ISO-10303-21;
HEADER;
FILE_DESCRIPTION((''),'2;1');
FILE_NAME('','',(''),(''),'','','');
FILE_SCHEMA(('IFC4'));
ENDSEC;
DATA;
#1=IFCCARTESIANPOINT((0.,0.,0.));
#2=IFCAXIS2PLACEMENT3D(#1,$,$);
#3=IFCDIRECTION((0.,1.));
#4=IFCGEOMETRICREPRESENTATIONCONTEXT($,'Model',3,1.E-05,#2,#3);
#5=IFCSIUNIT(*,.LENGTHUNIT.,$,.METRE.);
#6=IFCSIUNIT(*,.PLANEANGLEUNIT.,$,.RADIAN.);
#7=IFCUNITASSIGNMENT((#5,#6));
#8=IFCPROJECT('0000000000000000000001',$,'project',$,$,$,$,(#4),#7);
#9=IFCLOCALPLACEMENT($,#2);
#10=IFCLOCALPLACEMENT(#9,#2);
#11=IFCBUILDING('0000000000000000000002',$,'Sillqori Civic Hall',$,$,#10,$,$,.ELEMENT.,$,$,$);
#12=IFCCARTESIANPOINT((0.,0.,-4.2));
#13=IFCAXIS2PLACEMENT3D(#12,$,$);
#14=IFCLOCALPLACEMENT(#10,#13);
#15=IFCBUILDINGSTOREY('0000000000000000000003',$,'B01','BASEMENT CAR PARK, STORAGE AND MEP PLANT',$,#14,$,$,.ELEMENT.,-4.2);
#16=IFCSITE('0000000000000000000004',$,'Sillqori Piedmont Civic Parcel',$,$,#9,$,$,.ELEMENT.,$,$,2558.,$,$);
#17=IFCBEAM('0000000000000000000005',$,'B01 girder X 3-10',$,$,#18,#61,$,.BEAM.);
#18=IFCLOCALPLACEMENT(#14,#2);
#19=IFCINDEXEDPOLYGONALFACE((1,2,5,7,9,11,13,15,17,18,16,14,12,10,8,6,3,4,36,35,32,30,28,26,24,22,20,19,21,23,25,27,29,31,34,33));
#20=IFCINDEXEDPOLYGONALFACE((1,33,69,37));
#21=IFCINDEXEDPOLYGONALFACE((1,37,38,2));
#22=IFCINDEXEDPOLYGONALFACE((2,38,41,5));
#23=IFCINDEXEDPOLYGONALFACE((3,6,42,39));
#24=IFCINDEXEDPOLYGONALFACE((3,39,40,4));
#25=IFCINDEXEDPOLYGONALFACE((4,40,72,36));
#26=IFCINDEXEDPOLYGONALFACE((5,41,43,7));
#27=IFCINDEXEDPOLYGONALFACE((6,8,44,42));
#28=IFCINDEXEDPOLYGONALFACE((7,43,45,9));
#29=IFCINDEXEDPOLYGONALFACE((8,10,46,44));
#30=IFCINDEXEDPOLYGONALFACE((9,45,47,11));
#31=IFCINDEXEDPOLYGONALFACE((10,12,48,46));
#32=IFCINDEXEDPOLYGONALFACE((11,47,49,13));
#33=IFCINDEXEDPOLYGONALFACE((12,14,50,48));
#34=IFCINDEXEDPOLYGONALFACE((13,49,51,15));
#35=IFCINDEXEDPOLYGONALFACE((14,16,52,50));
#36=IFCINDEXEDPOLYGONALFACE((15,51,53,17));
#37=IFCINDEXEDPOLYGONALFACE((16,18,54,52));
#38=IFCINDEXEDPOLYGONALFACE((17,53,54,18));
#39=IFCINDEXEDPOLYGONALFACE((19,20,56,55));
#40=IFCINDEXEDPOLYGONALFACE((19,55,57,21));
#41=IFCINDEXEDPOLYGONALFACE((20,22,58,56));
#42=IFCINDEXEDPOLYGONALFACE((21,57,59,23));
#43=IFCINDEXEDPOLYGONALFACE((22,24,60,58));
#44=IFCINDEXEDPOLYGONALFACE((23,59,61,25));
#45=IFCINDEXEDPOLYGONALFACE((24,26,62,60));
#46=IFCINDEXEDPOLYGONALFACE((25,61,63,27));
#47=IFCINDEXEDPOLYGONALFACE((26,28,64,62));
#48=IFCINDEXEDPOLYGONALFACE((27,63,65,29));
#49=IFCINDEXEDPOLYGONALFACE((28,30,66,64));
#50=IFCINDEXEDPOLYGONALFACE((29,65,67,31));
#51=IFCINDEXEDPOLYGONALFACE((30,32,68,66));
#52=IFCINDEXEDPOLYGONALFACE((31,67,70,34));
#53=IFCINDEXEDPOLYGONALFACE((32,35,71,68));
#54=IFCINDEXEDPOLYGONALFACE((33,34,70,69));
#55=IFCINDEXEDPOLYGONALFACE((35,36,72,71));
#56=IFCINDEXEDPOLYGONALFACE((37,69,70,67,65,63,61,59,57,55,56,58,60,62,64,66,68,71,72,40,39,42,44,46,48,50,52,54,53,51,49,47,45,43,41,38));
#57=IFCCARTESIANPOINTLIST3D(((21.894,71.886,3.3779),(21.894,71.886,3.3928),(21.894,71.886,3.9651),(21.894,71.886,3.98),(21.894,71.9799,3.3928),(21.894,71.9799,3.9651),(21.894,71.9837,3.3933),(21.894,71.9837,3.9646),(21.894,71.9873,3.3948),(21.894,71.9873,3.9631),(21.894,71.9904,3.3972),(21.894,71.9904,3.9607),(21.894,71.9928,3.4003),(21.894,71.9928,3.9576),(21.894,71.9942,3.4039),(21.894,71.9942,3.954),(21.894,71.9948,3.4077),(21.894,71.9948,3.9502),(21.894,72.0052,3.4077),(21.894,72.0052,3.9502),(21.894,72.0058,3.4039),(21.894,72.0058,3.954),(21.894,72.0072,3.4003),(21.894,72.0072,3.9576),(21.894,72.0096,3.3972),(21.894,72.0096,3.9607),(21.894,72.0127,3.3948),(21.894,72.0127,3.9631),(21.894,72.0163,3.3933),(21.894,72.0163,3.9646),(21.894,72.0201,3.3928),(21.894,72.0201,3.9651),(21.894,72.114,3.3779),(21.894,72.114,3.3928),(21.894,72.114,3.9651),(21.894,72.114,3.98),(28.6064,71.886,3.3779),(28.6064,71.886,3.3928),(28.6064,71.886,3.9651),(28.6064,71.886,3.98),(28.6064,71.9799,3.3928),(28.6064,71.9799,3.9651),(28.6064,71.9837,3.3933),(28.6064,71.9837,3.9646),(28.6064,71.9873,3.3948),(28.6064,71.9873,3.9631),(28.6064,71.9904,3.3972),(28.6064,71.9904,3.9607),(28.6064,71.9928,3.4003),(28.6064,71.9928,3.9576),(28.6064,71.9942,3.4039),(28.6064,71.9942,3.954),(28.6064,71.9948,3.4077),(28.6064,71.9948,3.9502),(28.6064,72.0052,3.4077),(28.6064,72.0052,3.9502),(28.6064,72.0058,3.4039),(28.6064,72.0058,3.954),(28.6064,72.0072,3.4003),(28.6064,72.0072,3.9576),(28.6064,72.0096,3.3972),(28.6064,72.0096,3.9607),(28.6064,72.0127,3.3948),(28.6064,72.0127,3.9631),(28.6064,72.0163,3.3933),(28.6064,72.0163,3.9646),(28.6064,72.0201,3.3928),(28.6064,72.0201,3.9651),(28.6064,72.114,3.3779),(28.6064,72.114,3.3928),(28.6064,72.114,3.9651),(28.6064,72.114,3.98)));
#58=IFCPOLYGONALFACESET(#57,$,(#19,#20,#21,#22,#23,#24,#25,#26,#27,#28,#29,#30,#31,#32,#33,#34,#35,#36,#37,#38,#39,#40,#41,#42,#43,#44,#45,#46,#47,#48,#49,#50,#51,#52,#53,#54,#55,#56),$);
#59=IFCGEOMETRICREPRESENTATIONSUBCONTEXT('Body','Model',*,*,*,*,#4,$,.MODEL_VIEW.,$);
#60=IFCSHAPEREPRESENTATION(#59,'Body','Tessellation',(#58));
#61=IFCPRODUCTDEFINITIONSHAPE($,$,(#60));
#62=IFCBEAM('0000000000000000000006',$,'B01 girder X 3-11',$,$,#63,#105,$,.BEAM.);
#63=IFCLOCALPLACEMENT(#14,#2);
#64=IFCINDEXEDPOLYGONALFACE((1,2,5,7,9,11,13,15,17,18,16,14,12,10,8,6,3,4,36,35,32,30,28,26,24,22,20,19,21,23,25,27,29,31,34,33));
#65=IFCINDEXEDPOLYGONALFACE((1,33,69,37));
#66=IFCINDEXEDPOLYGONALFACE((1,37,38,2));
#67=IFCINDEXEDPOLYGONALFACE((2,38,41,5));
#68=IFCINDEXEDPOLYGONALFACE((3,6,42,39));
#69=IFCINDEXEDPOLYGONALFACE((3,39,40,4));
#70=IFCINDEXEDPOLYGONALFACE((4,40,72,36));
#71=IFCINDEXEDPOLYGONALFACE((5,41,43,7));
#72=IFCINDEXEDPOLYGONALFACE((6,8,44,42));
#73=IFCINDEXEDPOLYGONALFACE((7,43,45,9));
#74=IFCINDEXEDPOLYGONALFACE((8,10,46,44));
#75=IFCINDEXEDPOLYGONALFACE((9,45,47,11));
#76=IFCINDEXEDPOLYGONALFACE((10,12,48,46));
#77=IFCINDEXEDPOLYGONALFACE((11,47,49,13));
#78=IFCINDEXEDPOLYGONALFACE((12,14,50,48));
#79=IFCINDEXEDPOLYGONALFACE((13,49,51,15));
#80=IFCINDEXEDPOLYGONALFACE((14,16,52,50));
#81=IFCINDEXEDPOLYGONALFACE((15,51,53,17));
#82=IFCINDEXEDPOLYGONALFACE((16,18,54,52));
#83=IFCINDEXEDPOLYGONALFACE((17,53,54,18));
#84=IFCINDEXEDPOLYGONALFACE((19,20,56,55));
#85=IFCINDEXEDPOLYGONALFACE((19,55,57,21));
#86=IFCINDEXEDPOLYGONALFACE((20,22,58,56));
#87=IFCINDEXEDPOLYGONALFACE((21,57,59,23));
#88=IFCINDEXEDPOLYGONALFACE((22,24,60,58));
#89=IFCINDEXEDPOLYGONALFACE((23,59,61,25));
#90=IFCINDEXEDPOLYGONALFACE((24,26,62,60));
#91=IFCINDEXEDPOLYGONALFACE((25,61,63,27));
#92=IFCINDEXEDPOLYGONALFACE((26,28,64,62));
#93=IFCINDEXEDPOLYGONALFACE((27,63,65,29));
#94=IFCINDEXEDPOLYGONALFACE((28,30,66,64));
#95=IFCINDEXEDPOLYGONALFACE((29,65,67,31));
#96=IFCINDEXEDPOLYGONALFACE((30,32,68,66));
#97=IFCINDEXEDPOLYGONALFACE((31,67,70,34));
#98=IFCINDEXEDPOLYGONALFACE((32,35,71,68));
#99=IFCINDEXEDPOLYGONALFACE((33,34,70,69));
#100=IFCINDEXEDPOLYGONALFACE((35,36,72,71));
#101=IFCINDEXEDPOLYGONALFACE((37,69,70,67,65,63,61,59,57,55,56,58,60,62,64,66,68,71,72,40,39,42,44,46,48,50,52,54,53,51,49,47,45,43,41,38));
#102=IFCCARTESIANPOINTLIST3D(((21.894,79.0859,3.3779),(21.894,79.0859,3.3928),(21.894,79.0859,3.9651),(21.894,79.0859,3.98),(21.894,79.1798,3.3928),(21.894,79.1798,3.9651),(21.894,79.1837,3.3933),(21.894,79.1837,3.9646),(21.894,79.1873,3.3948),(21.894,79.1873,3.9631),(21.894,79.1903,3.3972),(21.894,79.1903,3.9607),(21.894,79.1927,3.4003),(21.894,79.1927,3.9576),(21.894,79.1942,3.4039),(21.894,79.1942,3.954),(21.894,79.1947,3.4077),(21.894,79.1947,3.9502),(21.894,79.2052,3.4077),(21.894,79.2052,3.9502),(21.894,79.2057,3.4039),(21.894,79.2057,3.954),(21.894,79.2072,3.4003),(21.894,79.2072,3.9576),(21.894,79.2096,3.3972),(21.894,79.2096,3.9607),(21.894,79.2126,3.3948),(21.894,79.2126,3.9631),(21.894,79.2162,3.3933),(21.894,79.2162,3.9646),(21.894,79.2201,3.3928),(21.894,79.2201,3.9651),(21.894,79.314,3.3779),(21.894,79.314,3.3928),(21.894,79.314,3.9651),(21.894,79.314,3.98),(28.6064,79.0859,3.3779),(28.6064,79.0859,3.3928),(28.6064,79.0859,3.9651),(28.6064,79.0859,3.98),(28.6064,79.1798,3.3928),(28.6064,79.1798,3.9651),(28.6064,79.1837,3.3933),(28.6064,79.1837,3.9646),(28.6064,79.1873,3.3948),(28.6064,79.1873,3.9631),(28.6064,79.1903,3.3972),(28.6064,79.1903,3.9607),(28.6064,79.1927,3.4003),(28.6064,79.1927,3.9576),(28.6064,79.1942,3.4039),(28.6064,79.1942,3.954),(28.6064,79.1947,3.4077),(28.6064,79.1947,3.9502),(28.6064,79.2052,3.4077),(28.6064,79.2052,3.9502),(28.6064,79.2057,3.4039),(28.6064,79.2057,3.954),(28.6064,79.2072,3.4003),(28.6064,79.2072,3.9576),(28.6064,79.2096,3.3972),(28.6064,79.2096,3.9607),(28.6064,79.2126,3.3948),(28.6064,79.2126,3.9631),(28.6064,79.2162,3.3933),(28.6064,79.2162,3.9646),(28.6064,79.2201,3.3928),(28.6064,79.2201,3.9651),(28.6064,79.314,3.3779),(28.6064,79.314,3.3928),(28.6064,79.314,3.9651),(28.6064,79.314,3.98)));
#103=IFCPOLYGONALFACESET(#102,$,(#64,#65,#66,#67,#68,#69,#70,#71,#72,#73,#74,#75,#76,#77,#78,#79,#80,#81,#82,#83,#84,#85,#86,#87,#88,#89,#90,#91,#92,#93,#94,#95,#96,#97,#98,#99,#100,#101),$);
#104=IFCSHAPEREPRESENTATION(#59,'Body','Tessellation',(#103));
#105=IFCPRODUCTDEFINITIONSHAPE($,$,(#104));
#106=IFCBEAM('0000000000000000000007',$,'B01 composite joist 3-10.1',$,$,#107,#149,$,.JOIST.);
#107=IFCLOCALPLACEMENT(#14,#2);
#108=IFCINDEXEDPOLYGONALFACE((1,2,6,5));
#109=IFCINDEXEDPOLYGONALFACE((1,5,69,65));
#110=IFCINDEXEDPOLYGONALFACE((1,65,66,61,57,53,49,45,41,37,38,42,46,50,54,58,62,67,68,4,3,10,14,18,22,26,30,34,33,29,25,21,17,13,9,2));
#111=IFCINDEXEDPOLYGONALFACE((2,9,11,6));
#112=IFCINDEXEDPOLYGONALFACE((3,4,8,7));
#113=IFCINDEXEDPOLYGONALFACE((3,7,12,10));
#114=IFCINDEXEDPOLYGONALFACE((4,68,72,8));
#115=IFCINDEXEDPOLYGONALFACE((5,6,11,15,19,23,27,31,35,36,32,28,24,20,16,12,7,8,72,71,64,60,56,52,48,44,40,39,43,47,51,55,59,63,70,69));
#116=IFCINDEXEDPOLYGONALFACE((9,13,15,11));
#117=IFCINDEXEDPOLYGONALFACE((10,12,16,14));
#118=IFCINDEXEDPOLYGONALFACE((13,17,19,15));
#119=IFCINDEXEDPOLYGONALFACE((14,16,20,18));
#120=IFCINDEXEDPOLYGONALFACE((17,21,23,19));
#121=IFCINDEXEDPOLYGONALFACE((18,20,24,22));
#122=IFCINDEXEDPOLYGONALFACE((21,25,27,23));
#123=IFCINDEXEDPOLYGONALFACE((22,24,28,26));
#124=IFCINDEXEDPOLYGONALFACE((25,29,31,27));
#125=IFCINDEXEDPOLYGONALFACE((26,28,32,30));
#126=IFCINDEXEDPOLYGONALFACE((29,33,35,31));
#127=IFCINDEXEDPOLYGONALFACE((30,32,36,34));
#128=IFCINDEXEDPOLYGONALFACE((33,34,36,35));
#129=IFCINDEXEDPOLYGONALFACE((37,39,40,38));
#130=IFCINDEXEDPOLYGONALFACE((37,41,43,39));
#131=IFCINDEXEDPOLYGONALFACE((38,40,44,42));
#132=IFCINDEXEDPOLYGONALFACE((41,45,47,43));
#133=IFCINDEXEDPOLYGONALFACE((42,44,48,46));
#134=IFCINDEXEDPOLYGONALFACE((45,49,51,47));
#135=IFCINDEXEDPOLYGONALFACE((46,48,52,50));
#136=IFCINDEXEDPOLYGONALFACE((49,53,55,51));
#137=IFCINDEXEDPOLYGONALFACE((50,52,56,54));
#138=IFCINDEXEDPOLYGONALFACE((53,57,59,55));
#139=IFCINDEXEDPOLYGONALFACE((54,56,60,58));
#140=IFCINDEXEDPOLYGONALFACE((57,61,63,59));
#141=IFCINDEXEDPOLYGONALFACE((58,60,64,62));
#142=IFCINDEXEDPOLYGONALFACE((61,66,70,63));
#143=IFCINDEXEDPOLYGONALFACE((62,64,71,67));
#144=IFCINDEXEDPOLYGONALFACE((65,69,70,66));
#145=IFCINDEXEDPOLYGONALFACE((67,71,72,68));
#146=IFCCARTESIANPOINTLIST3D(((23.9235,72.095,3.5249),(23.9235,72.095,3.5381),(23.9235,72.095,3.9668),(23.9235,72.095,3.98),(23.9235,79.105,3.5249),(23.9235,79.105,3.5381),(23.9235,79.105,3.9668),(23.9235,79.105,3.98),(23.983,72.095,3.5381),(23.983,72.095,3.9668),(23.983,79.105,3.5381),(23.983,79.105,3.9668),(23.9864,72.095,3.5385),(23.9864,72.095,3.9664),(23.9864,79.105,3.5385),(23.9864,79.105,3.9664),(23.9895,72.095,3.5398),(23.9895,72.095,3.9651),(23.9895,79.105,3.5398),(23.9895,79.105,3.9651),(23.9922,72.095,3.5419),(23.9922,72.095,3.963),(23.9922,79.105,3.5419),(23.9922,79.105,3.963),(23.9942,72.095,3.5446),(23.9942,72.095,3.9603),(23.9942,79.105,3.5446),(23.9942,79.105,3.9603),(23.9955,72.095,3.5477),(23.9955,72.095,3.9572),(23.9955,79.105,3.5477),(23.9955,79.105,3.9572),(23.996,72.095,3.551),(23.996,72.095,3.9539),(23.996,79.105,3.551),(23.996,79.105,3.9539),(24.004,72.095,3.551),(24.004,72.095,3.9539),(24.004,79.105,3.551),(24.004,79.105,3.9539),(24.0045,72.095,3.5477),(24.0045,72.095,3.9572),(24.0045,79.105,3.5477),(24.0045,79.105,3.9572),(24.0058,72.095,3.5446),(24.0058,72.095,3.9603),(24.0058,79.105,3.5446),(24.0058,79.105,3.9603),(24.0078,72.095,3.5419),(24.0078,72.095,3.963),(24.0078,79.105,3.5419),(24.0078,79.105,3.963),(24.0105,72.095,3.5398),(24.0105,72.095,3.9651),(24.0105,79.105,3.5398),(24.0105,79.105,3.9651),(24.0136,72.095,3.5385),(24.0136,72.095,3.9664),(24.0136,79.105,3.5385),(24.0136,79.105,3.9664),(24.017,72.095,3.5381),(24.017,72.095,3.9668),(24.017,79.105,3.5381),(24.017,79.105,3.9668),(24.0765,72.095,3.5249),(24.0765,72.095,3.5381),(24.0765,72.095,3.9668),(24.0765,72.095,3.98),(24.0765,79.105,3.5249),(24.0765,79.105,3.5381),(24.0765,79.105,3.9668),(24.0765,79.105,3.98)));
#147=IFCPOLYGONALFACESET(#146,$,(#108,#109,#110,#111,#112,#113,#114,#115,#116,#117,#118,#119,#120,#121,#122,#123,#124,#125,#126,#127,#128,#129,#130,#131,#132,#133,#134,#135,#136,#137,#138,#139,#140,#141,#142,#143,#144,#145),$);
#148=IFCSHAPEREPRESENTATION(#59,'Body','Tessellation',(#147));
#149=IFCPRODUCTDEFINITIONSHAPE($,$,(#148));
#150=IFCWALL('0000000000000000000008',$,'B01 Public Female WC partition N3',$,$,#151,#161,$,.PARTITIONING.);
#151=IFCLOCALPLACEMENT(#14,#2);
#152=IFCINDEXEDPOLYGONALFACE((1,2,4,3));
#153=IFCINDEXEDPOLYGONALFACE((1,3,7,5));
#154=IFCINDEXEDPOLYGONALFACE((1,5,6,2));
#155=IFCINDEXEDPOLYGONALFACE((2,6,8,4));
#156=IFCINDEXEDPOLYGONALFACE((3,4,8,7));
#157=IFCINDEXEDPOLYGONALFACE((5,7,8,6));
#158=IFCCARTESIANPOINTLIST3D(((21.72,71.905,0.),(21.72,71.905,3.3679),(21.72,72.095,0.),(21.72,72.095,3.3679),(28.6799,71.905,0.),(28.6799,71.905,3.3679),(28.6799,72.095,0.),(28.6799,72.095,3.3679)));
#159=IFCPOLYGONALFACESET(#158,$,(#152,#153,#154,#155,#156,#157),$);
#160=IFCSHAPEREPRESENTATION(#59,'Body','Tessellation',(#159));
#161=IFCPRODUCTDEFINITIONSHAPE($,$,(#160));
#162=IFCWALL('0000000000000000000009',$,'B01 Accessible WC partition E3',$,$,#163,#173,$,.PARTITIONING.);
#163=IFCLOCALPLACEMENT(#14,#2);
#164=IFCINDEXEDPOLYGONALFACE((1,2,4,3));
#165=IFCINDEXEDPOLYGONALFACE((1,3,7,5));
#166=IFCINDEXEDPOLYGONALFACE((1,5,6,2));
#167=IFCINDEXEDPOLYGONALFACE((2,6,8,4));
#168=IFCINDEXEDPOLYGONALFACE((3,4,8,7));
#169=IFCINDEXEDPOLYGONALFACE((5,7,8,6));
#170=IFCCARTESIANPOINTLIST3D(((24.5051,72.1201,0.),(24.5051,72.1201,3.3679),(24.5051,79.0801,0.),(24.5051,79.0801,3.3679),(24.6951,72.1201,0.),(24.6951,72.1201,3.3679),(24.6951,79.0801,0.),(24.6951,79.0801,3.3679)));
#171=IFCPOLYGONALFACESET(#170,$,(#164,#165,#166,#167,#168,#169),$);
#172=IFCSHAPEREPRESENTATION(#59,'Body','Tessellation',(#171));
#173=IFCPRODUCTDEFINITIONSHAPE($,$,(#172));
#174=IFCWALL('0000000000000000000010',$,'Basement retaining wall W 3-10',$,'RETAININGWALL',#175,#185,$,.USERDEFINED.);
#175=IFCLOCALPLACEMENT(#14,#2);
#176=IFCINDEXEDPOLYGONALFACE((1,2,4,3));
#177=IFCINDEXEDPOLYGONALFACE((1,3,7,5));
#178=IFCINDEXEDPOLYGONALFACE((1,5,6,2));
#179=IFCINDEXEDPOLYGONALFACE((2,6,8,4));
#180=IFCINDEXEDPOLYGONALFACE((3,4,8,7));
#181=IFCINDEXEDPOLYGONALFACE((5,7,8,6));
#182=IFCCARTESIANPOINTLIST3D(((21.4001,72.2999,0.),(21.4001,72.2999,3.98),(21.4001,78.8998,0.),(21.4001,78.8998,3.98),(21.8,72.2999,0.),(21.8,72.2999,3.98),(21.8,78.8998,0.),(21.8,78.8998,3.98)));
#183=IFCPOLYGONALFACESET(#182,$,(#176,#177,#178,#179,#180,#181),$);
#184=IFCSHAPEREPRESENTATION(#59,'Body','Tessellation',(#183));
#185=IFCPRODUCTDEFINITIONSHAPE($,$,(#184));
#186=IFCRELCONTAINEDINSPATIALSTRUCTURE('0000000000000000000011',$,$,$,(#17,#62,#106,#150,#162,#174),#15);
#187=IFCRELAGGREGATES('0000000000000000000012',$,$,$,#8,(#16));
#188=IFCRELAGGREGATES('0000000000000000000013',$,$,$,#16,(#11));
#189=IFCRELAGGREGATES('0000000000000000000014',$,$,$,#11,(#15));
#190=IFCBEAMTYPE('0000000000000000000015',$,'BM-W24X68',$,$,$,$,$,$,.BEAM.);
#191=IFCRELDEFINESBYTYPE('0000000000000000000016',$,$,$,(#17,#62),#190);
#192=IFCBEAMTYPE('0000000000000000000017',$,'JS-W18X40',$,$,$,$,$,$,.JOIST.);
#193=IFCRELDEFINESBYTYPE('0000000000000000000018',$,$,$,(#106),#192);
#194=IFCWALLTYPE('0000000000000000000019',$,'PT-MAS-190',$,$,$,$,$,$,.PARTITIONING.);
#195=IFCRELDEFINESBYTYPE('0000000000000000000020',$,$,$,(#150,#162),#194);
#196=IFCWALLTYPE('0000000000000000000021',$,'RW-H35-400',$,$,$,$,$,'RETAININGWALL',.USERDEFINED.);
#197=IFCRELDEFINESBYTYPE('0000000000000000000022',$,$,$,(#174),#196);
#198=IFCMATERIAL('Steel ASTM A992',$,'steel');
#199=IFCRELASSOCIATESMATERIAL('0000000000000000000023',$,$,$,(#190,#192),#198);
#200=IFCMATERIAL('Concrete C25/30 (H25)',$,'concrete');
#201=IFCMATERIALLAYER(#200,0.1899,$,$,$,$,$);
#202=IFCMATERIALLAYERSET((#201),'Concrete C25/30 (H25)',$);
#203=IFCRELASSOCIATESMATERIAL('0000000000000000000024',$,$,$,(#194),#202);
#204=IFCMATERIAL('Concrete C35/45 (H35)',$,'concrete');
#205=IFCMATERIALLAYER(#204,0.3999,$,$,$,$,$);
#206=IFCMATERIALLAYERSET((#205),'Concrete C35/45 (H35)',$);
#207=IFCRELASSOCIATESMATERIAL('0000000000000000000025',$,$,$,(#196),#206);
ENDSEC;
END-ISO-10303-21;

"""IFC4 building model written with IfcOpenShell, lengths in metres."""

from ifc_helpers import new_model, si_unit, direction, frame, frame_2d, origin, origin_2d, place, context, subcontext, project, spatial, rectangle, i_section, extrude, material, layer, layer_set, material_profile, profile_set, type_object, element, save


model = new_model("IFC4")

# Units and contexts
model_context = context("Model", 3, precision=1e-05, world=origin(), true_north=direction((0.0, 1.0)))
body_context = subcontext(model_context, "Body", "Model", "MODEL_VIEW")
ifc_project = project(units=[si_unit("LENGTHUNIT", "METRE"), si_unit("PLANEANGLEUNIT", "RADIAN")], contexts=[model_context])

# Site, building, storey
site_placement = place(None, origin())
site = spatial("IfcSite", under=ifc_project, at=site_placement, Name="Sillqori Piedmont Civic Parcel", CompositionType="ELEMENT", RefElevation=2558.0)
building_placement = place(site_placement, origin())
building = spatial("IfcBuilding", under=site, at=building_placement, Name="Sillqori Civic Hall", CompositionType="ELEMENT")
storey_placement = place(building_placement, frame((0.0, 0.0, -4.2)))
storey = spatial("IfcBuildingStorey", under=building, at=storey_placement, Name="B01", Description="BASEMENT CAR PARK, STORAGE AND MEP PLANT", CompositionType="ELEMENT", Elevation=-4.2)

# Shared definitions
ifc_material_1 = material(Name="Concrete C35/45 (H35)", Category="concrete")

# Beams
ifc_material_2 = material(Name="Steel ASTM A992", Category="steel")
ifc_material_profile_1 = material_profile(ifc_material_2, i_section(OverallWidth=0.228, OverallDepth=0.6021, WebThickness=0.0105, FlangeThickness=0.0149, FilletRadius=0.0149, at=origin_2d()), Name="W24X68")
ifc_profile_set_1 = profile_set([ifc_material_profile_1], Name="Steel ASTM A992")
beam_type_1 = type_object("IfcBeamType", Name="BM-W24X68", PredefinedType="BEAM", material=ifc_profile_set_1)
for number, where, z_axis, x_axis, name in (
    (1, (21.894, 72.0, 3.679), (1.0, 0.0, 0.0), (0.0, 1.0, 0.0), "B01 girder X 3-10"),
    (2, (21.894, 79.2, 3.679), (1.0, 0.0, 0.0), (0.0, 1.0, 0.0), "B01 girder X 3-11"),
):
    element("IfcBeam", number, at=place(storey_placement, frame(where, z_axis=z_axis, x_axis=x_axis)), inside=storey, type_object=beam_type_1, Name=name, PredefinedType="BEAM", context=body_context, shape_type="SweptSolid", body=[
        extrude(i_section(OverallWidth=0.228, OverallDepth=0.6021, WebThickness=0.0105, FlangeThickness=0.0149, FilletRadius=0.0149, at=origin_2d()), origin(), (0.0, 0.0, 1.0), 6.7124),
    ])
ifc_material_profile_2 = material_profile(ifc_material_2, i_section(OverallWidth=0.1531, OverallDepth=0.4551, WebThickness=0.0081, FlangeThickness=0.0132, FilletRadius=0.0129, at=origin_2d()), Name="W18X40")
ifc_profile_set_2 = profile_set([ifc_material_profile_2], Name="Steel ASTM A992")
beam_type_2 = type_object("IfcBeamType", Name="JS-W18X40", PredefinedType="JOIST", material=ifc_profile_set_2)
beam_1_placement = place(storey_placement, frame((24.0, 72.095, 3.7524), z_axis=(0.0, 1.0, 0.0), x_axis=(-1.0, 0.0, 0.0)))
element("IfcBeam", 3, at=beam_1_placement, inside=storey, type_object=beam_type_2, Name="B01 composite joist 3-10.1", PredefinedType="JOIST", context=body_context, shape_type="SweptSolid", body=[
    extrude(i_section(OverallWidth=0.1531, OverallDepth=0.4551, WebThickness=0.0081, FlangeThickness=0.0132, FilletRadius=0.0129, at=origin_2d()), origin(), (0.0, 0.0, 1.0), 7.01),
])

# Wall
ifc_material_3 = material(Name="Concrete C25/30 (H25)", Category="concrete")
ifc_layer_1 = layer(ifc_material_3, 0.1899)
ifc_layer_set_1 = layer_set([ifc_layer_1], Name="Concrete C25/30 (H25)")
wall_type_1 = type_object("IfcWallType", Name="PT-MAS-190", PredefinedType="PARTITIONING", material=ifc_layer_set_1)
wall_1_placement = place(storey_placement, frame((21.72, 72.0, 0.0), z_axis=(0.0, 0.0, 1.0), x_axis=(1.0, 0.0, 0.0)))
element("IfcWall", 4, at=wall_1_placement, inside=storey, type_object=wall_type_1, Name="B01 Public Female WC partition N3", PredefinedType="PARTITIONING", context=body_context, shape_type="SweptSolid", body=[
    extrude(rectangle(XDim=6.96, YDim=0.1899, at=frame_2d((3.48, 0.0))), origin(), (0.0, 0.0, 1.0), 3.3679),
])

# Walls
wall_2_placement = place(storey_placement, frame((24.6001, 79.0801, 0.0), z_axis=(0.0, 0.0, 1.0), x_axis=(0.0, -1.0, 0.0)))
element("IfcWall", 5, at=wall_2_placement, inside=storey, type_object=wall_type_1, Name="B01 Accessible WC partition E3", PredefinedType="PARTITIONING", context=body_context, shape_type="SweptSolid", body=[
    extrude(rectangle(XDim=6.96, YDim=0.1899, at=frame_2d((3.48, 0.0))), origin(), (0.0, 0.0, 1.0), 3.3679),
])
ifc_layer_2 = layer(ifc_material_1, 0.3999)
ifc_layer_set_2 = layer_set([ifc_layer_2], Name="Concrete C35/45 (H35)")
wall_type_2 = type_object("IfcWallType", Name="RW-H35-400", ElementType="RETAININGWALL", PredefinedType="USERDEFINED", material=ifc_layer_set_2)
wall_3_placement = place(storey_placement, frame((21.6001, 72.3, 0.0), z_axis=(0.0, 0.0, 1.0), x_axis=(0.0, 1.0, 0.0)))
element("IfcWall", 6, at=wall_3_placement, inside=storey, type_object=wall_type_2, Name="Basement retaining wall W 3-10", ObjectType="RETAININGWALL", PredefinedType="USERDEFINED", context=body_context, shape_type="SweptSolid", body=[
    extrude(rectangle(XDim=6.5999, YDim=0.3999, at=frame_2d((3.2998, 0.0))), origin(), (0.0, 0.0, 1.0), 3.98),
])

save(model, "model.ifc")
